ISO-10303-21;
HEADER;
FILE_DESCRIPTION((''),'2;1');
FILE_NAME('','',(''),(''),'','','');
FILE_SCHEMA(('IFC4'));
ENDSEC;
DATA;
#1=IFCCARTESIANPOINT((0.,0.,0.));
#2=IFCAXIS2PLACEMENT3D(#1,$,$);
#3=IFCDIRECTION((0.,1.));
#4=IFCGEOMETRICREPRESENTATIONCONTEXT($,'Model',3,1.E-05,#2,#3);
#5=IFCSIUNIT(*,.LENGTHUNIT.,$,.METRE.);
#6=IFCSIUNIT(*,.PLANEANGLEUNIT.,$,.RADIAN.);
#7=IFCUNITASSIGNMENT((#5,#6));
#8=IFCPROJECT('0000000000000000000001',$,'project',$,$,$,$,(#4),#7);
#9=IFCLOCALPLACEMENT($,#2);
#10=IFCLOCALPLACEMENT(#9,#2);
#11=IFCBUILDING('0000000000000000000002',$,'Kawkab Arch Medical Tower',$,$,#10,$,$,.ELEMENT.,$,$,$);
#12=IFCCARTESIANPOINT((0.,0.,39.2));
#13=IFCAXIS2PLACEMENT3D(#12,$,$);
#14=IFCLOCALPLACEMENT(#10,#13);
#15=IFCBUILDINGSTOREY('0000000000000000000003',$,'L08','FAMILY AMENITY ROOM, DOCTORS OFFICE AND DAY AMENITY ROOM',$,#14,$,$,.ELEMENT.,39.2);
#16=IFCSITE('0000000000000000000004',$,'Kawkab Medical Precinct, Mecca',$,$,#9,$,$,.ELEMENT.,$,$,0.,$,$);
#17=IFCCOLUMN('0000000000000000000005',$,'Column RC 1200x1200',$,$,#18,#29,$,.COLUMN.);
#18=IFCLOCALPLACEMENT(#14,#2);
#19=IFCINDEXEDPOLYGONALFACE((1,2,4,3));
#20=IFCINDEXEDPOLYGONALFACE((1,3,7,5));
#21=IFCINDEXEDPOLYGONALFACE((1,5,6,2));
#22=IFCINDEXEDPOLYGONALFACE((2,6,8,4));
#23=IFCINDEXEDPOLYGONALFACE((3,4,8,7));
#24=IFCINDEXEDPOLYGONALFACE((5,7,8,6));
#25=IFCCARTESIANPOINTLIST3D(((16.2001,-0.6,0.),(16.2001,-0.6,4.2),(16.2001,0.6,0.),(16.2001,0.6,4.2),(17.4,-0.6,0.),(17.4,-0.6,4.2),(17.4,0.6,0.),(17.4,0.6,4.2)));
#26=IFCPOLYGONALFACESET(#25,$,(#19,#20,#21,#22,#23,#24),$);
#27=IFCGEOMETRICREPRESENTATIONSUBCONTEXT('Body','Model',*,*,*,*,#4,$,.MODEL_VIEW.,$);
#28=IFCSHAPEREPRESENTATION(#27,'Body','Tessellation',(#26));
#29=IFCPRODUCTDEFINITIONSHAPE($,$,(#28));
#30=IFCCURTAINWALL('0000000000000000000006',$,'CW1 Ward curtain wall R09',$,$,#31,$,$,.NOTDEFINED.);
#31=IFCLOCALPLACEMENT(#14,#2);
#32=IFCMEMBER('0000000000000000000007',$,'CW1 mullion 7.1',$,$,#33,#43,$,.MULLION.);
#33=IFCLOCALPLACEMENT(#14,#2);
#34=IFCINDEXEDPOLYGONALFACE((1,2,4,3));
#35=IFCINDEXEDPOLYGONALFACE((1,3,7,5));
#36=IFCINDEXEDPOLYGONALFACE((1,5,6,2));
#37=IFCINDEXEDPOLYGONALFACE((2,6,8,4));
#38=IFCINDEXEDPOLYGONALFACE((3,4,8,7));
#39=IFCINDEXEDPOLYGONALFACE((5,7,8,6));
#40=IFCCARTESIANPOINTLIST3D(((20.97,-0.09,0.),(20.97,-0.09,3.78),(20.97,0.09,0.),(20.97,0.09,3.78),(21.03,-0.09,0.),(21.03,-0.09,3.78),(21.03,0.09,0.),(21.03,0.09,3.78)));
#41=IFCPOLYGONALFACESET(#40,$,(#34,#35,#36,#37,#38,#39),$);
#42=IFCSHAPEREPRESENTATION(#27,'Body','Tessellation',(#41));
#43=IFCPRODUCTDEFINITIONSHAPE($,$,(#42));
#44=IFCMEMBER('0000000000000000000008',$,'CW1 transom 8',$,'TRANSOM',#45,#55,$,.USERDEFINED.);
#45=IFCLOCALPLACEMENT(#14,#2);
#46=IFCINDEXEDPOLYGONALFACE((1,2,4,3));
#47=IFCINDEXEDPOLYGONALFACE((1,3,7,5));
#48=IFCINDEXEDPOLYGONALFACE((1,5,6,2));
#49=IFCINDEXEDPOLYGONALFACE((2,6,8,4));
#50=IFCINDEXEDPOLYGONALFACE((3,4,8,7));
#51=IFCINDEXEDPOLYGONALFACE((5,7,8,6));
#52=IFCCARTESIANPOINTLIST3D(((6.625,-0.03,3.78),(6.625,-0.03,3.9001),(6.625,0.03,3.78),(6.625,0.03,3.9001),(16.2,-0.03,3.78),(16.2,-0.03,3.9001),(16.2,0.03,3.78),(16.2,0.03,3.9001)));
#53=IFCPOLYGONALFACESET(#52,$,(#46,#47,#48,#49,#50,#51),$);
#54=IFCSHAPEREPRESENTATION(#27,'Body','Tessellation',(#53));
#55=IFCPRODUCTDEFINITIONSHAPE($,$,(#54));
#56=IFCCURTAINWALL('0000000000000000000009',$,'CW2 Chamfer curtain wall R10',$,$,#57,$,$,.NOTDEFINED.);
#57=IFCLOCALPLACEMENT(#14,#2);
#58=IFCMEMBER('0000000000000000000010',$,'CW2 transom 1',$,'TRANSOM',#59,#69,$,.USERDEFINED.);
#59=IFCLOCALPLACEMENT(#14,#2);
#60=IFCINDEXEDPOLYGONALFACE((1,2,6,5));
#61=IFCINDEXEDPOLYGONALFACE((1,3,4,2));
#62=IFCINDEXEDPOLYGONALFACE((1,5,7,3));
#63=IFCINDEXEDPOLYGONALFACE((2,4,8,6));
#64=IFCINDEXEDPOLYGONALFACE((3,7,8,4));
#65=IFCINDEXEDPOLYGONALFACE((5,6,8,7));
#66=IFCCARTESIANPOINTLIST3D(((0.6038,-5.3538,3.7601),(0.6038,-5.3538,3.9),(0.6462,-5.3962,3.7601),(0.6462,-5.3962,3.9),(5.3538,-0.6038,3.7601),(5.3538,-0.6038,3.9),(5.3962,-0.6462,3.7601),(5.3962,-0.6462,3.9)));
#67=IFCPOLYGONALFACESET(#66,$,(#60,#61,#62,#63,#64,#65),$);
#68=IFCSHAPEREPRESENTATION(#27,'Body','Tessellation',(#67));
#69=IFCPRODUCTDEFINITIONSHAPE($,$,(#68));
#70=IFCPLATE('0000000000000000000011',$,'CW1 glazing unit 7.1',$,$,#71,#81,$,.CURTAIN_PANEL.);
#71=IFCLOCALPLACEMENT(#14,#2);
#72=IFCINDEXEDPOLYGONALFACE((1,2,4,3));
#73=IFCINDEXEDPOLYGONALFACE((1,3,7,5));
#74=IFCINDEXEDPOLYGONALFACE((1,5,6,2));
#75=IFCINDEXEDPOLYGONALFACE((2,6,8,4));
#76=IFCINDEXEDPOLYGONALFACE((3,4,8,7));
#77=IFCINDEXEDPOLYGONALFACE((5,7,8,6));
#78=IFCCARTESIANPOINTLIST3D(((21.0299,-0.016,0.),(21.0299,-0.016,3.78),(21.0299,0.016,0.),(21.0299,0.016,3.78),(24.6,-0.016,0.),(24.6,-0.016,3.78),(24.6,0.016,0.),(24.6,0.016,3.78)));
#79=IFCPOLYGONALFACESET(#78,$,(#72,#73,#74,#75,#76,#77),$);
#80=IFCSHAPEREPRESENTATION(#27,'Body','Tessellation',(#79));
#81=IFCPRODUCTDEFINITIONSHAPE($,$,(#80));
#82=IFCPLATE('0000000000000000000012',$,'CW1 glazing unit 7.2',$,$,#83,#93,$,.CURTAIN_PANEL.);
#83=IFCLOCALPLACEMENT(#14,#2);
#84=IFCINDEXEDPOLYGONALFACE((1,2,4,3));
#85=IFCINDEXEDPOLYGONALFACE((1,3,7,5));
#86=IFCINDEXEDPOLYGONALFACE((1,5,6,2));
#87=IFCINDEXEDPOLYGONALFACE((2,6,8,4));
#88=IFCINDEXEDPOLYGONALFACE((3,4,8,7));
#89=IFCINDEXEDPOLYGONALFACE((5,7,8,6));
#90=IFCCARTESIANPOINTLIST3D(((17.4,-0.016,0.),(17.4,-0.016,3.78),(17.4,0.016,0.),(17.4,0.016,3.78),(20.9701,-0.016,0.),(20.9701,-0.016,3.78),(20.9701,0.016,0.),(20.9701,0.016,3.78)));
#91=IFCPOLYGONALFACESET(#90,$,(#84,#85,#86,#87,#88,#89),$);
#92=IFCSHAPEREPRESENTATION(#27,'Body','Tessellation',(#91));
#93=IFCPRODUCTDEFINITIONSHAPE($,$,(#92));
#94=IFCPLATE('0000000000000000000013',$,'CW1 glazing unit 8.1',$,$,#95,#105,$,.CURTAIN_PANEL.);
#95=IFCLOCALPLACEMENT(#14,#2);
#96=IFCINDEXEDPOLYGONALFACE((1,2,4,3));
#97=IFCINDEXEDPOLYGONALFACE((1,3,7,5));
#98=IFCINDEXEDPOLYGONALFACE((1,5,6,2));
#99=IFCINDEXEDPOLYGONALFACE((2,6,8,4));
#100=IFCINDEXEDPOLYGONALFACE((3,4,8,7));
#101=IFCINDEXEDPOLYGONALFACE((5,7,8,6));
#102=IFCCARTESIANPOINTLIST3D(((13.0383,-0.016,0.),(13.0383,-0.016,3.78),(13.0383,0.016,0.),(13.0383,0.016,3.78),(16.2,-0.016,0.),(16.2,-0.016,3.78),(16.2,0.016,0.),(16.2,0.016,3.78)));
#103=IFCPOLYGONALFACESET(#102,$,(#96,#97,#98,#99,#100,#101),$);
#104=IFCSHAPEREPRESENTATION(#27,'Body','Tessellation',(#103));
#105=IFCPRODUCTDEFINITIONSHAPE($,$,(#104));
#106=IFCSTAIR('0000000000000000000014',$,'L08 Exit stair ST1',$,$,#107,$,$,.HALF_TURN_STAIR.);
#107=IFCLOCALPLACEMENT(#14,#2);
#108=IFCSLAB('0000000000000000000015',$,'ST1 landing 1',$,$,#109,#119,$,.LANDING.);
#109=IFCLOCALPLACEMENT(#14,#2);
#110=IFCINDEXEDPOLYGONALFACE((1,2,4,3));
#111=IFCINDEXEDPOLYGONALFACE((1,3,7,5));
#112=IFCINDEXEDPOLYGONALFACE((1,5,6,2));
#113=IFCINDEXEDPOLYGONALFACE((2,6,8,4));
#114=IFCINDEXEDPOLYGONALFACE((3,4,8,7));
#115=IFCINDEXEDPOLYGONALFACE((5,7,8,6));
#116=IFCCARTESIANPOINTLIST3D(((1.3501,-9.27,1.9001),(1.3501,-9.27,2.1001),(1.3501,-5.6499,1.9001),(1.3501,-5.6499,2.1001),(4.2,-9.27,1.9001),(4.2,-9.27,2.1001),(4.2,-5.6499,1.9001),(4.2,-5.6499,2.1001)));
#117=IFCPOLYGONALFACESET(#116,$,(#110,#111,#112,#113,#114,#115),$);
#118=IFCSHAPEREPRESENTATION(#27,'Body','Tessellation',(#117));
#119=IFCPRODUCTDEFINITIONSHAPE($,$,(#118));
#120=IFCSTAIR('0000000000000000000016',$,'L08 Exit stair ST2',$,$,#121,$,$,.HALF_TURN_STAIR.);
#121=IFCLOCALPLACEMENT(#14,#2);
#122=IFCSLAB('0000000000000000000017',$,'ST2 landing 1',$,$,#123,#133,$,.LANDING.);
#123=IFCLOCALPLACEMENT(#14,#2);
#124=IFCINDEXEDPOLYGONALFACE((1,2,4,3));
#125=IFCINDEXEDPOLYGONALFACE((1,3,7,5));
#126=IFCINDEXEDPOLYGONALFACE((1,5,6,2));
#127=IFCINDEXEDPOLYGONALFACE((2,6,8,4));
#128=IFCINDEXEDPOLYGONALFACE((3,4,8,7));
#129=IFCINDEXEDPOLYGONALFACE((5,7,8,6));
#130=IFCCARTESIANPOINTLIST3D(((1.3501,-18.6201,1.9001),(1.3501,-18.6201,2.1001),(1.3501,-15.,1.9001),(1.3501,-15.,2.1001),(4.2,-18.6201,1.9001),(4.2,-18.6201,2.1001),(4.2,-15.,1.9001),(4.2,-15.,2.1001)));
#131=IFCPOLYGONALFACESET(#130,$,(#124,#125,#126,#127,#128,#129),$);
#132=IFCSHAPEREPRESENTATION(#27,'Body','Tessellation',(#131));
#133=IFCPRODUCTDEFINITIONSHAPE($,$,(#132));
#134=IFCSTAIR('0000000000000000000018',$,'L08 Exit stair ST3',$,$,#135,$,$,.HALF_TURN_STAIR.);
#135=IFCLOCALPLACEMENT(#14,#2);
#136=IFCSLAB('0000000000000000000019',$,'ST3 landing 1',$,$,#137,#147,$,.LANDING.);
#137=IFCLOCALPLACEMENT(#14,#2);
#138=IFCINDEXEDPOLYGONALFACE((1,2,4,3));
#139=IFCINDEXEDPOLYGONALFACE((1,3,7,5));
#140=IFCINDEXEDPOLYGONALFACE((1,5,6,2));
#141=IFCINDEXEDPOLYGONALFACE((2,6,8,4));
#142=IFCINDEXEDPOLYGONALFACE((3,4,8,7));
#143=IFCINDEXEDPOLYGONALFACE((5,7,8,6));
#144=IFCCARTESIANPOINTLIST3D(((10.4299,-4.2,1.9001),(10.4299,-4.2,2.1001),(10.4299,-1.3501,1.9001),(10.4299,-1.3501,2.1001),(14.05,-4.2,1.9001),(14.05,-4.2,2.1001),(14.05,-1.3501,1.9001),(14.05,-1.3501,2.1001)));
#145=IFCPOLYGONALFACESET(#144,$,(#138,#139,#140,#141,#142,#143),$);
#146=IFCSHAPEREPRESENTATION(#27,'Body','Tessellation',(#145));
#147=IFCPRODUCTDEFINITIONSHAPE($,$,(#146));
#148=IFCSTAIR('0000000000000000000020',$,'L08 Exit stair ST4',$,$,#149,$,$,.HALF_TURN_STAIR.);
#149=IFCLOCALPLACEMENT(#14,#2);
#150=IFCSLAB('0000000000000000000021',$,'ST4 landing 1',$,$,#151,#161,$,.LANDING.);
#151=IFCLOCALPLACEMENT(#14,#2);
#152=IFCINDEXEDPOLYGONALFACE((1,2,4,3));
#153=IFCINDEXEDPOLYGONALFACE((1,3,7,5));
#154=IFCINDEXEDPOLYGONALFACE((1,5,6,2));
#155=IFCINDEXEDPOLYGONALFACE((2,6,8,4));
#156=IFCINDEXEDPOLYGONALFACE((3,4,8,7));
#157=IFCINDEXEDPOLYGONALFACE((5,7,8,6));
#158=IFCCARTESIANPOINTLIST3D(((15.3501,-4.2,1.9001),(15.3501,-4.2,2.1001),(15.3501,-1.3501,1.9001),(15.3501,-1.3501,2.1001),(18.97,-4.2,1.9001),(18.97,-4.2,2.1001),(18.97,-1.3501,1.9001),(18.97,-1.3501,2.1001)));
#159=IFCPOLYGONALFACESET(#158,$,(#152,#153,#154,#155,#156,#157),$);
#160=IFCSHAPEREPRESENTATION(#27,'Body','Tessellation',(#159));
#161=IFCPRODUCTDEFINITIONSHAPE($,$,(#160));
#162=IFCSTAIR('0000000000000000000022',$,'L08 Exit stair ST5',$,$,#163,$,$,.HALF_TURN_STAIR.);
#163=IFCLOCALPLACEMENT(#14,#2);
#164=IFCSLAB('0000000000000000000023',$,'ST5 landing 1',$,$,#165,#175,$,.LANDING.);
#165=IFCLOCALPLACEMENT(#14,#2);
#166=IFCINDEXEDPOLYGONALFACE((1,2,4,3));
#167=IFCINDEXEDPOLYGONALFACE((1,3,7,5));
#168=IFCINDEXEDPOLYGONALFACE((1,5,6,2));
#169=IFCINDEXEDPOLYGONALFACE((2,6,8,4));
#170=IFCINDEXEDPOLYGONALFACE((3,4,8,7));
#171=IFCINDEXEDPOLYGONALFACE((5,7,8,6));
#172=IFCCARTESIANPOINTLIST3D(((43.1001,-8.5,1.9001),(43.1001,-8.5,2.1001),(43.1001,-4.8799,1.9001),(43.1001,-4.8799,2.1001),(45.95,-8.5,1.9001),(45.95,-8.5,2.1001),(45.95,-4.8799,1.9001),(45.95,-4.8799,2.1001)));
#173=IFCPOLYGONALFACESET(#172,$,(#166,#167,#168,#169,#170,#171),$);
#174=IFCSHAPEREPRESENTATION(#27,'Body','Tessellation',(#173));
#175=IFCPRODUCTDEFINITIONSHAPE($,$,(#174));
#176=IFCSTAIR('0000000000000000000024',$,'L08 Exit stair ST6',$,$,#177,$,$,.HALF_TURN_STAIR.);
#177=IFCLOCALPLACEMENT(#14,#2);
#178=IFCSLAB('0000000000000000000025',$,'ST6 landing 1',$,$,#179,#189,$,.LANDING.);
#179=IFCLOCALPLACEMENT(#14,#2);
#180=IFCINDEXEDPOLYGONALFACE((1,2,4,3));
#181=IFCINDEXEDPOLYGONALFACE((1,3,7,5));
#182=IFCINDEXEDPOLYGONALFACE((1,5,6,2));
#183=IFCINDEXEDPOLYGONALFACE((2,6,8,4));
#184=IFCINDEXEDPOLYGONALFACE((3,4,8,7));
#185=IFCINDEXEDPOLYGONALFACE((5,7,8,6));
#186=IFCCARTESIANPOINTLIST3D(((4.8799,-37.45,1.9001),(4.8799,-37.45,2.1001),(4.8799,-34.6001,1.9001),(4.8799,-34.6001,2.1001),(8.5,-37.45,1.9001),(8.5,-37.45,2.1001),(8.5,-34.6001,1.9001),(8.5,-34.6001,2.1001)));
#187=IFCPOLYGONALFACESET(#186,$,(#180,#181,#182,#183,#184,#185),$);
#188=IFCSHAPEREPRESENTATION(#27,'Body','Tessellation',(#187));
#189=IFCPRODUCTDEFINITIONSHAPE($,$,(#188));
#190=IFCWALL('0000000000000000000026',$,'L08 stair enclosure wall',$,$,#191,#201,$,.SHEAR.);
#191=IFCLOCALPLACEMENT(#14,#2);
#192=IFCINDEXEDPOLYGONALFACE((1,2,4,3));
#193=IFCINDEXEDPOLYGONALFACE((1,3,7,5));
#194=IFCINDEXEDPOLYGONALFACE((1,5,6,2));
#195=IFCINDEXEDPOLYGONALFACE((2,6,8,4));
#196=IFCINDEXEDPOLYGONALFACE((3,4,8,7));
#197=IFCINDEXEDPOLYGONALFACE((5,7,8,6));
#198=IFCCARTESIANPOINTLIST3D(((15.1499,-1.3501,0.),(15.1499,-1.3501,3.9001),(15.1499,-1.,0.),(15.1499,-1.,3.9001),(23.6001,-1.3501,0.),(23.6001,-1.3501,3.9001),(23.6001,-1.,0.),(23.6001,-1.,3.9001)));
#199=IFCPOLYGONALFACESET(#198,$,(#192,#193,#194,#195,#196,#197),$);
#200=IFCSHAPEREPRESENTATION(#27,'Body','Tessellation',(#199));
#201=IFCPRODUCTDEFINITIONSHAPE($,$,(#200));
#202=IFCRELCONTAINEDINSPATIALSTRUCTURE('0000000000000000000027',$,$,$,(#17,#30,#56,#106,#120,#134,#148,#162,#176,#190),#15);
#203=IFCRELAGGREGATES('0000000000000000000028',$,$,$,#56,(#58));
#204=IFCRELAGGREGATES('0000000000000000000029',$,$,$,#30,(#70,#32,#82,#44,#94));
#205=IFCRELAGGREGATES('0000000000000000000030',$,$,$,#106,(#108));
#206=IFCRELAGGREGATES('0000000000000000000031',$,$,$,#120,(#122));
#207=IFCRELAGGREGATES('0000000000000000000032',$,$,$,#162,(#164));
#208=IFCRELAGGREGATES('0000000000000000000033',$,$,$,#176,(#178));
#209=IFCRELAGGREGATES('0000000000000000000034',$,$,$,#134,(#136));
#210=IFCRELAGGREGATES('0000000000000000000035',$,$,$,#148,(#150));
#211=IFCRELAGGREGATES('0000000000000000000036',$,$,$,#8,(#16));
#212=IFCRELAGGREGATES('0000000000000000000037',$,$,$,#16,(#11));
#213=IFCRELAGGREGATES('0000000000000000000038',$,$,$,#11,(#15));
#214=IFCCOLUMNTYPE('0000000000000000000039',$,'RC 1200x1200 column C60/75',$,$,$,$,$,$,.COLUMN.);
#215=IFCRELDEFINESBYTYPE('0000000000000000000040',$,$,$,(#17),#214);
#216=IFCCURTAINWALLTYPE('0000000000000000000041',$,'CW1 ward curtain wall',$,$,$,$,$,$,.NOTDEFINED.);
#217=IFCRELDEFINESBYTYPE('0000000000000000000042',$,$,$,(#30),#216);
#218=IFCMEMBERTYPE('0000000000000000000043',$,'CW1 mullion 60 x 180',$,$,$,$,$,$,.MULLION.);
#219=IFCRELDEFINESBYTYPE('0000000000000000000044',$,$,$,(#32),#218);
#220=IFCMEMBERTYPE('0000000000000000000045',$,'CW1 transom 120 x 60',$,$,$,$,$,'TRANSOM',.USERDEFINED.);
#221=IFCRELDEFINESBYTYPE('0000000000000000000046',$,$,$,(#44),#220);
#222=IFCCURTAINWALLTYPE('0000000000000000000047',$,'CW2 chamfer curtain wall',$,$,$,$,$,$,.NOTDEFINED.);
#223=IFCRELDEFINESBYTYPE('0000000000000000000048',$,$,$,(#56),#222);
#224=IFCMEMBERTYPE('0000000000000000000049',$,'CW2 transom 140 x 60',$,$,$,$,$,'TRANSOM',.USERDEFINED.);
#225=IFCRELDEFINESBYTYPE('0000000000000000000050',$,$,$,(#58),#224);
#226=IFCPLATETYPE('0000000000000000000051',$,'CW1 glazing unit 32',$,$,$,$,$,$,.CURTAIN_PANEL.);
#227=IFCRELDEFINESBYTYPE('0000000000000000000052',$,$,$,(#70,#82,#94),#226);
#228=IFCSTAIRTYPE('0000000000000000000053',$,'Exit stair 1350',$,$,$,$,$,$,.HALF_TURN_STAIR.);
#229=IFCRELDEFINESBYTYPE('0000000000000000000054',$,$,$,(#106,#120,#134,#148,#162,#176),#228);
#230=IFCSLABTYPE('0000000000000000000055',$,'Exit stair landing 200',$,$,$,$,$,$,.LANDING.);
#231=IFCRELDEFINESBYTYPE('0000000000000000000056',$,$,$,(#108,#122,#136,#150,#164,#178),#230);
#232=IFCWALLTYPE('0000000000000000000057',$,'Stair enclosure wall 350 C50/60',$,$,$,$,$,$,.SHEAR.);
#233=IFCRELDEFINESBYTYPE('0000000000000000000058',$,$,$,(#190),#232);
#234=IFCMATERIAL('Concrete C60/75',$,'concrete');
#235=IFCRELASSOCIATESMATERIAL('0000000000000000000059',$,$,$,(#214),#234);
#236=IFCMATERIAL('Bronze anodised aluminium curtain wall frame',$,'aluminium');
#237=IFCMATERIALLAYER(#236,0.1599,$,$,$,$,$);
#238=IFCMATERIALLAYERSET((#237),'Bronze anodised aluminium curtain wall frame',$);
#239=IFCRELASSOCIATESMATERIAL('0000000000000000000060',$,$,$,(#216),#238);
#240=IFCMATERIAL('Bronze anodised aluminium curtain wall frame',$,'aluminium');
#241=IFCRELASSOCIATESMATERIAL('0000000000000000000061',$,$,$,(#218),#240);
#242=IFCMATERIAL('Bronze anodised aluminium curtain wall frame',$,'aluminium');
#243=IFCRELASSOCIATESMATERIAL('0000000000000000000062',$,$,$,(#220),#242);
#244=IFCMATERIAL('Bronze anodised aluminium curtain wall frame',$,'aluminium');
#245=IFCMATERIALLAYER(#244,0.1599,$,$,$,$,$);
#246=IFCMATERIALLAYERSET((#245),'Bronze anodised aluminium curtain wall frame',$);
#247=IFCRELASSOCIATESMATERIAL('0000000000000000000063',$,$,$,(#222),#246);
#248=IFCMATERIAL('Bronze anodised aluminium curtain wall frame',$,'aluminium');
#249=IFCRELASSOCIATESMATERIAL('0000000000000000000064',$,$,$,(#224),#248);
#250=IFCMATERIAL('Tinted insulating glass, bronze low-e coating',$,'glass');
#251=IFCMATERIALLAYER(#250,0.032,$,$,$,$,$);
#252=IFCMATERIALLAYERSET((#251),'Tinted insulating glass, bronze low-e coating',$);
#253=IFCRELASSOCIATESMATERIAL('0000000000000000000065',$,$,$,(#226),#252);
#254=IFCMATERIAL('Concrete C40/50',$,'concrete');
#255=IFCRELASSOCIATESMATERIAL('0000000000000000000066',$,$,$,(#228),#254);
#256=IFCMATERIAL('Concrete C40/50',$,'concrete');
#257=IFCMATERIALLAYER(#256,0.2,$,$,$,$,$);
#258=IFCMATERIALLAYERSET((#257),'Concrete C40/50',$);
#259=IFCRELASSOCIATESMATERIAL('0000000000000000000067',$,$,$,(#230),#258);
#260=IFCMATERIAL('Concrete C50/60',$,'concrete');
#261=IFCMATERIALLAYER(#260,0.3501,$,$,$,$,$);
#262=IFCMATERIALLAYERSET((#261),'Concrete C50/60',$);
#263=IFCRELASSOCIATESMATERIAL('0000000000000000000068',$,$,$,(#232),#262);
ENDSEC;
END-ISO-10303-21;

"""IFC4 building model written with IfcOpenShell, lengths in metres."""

from ifc_helpers import new_model, si_unit, direction, frame, frame_2d, origin, origin_2d, place, context, subcontext, project, spatial, polyline, rectangle, outline, extrude, material, layer, layer_set, material_profile, profile_set, type_object, element, aggregate, save


model = new_model("IFC4")

# Units and contexts
model_context = context("Model", 3, precision=1e-05, world=origin(), true_north=direction((0.0, 1.0)))
body_context = subcontext(model_context, "Body", "Model", "MODEL_VIEW")
ifc_project = project(units=[si_unit("LENGTHUNIT", "METRE"), si_unit("PLANEANGLEUNIT", "RADIAN")], contexts=[model_context])

# Site, building, storey
site_placement = place(None, origin())
site = spatial("IfcSite", under=ifc_project, at=site_placement, Name="Kawkab Medical Precinct, Mecca", CompositionType="ELEMENT", RefElevation=0.0)
building_placement = place(site_placement, origin())
building = spatial("IfcBuilding", under=site, at=building_placement, Name="Kawkab Arch Medical Tower", CompositionType="ELEMENT")
storey_placement = place(building_placement, frame((0.0, 0.0, 39.2)))
storey = spatial("IfcBuildingStorey", under=building, at=storey_placement, Name="L08", Description="FAMILY AMENITY ROOM, DOCTORS OFFICE AND DAY AMENITY ROOM", CompositionType="ELEMENT", Elevation=39.2)

# Column
ifc_material_1 = material(Name="Concrete C60/75", Category="concrete")
ifc_material_profile_1 = material_profile(ifc_material_1, rectangle(XDim=1.2, YDim=1.2, at=origin_2d()), Name="RC 1200x1200")
ifc_profile_set_1 = profile_set([ifc_material_profile_1], Name="Concrete C60/75")
column_type = type_object("IfcColumnType", Name="RC 1200x1200 column C60/75", PredefinedType="COLUMN", material=ifc_profile_set_1)
column_placement = place(storey_placement, frame((16.8, 0.0, 0.0), z_axis=(0.0, 0.0, 1.0), x_axis=(1.0, 0.0, 0.0)))
element("IfcColumn", 1, at=column_placement, inside=storey, type_object=column_type, Name="Column RC 1200x1200", PredefinedType="COLUMN", context=body_context, shape_type="SweptSolid", body=[
    extrude(rectangle(XDim=1.2, YDim=1.2, at=origin_2d()), origin(), (0.0, 0.0, 1.0), 4.2),
])

# Curtain wall, members
ifc_material_2 = material(Name="Bronze anodised aluminium curtain wall frame", Category="aluminium")
ifc_layer_1 = layer(ifc_material_2, 0.1599)
ifc_layer_set_1 = layer_set([ifc_layer_1], Name="Bronze anodised aluminium curtain wall frame")
curtain_wall_type_1 = type_object("IfcCurtainWallType", Name="CW1 ward curtain wall", PredefinedType="NOTDEFINED", material=ifc_layer_set_1)
placement_1 = place(storey_placement, origin())
curtain_wall_1 = element("IfcCurtainWall", 2, at=placement_1, inside=storey, type_object=curtain_wall_type_1, Name="CW1 Ward curtain wall R09", PredefinedType="NOTDEFINED")
ifc_material_3 = material(Name="Bronze anodised aluminium curtain wall frame", Category="aluminium")
ifc_material_profile_2 = material_profile(ifc_material_3, rectangle(XDim=0.1799, YDim=0.0601, at=origin_2d()), Name="AL 60x180")
ifc_profile_set_2 = profile_set([ifc_material_profile_2], Name="Bronze anodised aluminium curtain wall frame")
member_type_1 = type_object("IfcMemberType", Name="CW1 mullion 60 x 180", PredefinedType="MULLION", material=ifc_profile_set_2)
member_1_placement = place(storey_placement, frame((21.0, 0.0, 0.0), z_axis=(0.0, 0.0, 1.0), x_axis=(0.0, -1.0, 0.0)))
member_1 = element("IfcMember", 3, at=member_1_placement, type_object=member_type_1, Name="CW1 mullion 7.1", PredefinedType="MULLION", context=body_context, shape_type="SweptSolid", body=[
    extrude(rectangle(XDim=0.1799, YDim=0.0601, at=origin_2d()), origin(), (0.0, 0.0, 1.0), 3.78),
])
ifc_material_4 = material(Name="Bronze anodised aluminium curtain wall frame", Category="aluminium")
ifc_material_profile_3 = material_profile(ifc_material_4, rectangle(XDim=0.0601, YDim=0.1201, at=origin_2d()), Name="AL 60x120")
ifc_profile_set_3 = profile_set([ifc_material_profile_3], Name="Bronze anodised aluminium curtain wall frame")
member_type_2 = type_object("IfcMemberType", Name="CW1 transom 120 x 60", ElementType="TRANSOM", PredefinedType="USERDEFINED", material=ifc_profile_set_3)
member_2_placement = place(storey_placement, frame((16.2, 0.0, 3.8401), z_axis=(-1.0, 0.0, 0.0), x_axis=(0.0, -1.0, 0.0)))
member_2 = element("IfcMember", 4, at=member_2_placement, type_object=member_type_2, Name="CW1 transom 8", ObjectType="TRANSOM", PredefinedType="USERDEFINED", context=body_context, shape_type="SweptSolid", body=[
    extrude(rectangle(XDim=0.0601, YDim=0.1201, at=origin_2d()), origin(), (0.0, 0.0, 1.0), 9.575),
])

# Curtain wall, member
ifc_material_5 = material(Name="Bronze anodised aluminium curtain wall frame", Category="aluminium")
ifc_layer_2 = layer(ifc_material_5, 0.1599)
ifc_layer_set_2 = layer_set([ifc_layer_2], Name="Bronze anodised aluminium curtain wall frame")
curtain_wall_type_2 = type_object("IfcCurtainWallType", Name="CW2 chamfer curtain wall", PredefinedType="NOTDEFINED", material=ifc_layer_set_2)
curtain_wall_2 = element("IfcCurtainWall", 5, at=placement_1, inside=storey, type_object=curtain_wall_type_2, Name="CW2 Chamfer curtain wall R10", PredefinedType="NOTDEFINED")
ifc_material_6 = material(Name="Bronze anodised aluminium curtain wall frame", Category="aluminium")
ifc_material_profile_4 = material_profile(ifc_material_6, rectangle(XDim=0.0601, YDim=0.1399, at=origin_2d()), Name="AL 60x140")
ifc_profile_set_4 = profile_set([ifc_material_profile_4], Name="Bronze anodised aluminium curtain wall frame")
member_type_3 = type_object("IfcMemberType", Name="CW2 transom 140 x 60", ElementType="TRANSOM", PredefinedType="USERDEFINED", material=ifc_profile_set_4)
member_3_placement = place(storey_placement, frame((5.375, -0.625, 3.8301), z_axis=(-0.707107, -0.707107, 0.0), x_axis=(0.707107, -0.707107, 0.0)))
member_3 = element("IfcMember", 6, at=member_3_placement, type_object=member_type_3, Name="CW2 transom 1", ObjectType="TRANSOM", PredefinedType="USERDEFINED", context=body_context, shape_type="SweptSolid", body=[
    extrude(rectangle(XDim=0.0601, YDim=0.1399, at=origin_2d()), origin(), (0.0, 0.0, 1.0), 6.7175),
])
aggregate(curtain_wall_2, [member_3])

# Plates
ifc_material_7 = material(Name="Tinted insulating glass, bronze low-e coating", Category="glass")
ifc_layer_3 = layer(ifc_material_7, 0.032)
ifc_layer_set_3 = layer_set([ifc_layer_3], Name="Tinted insulating glass, bronze low-e coating")
plate_type = type_object("IfcPlateType", Name="CW1 glazing unit 32", PredefinedType="CURTAIN_PANEL", material=ifc_layer_set_3)
plate_1_placement = place(storey_placement, frame((22.8149, 0.0, 0.0), z_axis=(0.0, 0.0, 1.0), x_axis=(-1.0, 0.0, 0.0)))
plate_1 = element("IfcPlate", 7, at=plate_1_placement, type_object=plate_type, Name="CW1 glazing unit 7.1", PredefinedType="CURTAIN_PANEL", context=body_context, shape_type="SweptSolid", body=[
    extrude(rectangle(XDim=3.5701, YDim=0.032, at=origin_2d()), origin(), (0.0, 0.0, 1.0), 3.78),
])
plate_2_placement = place(storey_placement, frame((19.1851, 0.0, 0.0), z_axis=(0.0, 0.0, 1.0), x_axis=(-1.0, 0.0, 0.0)))
plate_2 = element("IfcPlate", 8, at=plate_2_placement, type_object=plate_type, Name="CW1 glazing unit 7.2", PredefinedType="CURTAIN_PANEL", context=body_context, shape_type="SweptSolid", body=[
    extrude(rectangle(XDim=3.5701, YDim=0.032, at=origin_2d()), origin(), (0.0, 0.0, 1.0), 3.78),
])
plate_3_placement = place(storey_placement, frame((14.6191, 0.0, 0.0), z_axis=(0.0, 0.0, 1.0), x_axis=(-1.0, 0.0, 0.0)))
plate_3 = element("IfcPlate", 9, at=plate_3_placement, type_object=plate_type, Name="CW1 glazing unit 8.1", PredefinedType="CURTAIN_PANEL", context=body_context, shape_type="SweptSolid", body=[
    extrude(rectangle(XDim=3.1616, YDim=0.032, at=origin_2d()), origin(), (0.0, 0.0, 1.0), 3.78),
])
aggregate(curtain_wall_1, [plate_1, member_1, plate_2, member_2, plate_3])

# Stairs, slabs
ifc_material_8 = material(Name="Concrete C40/50", Category="concrete")
stair_type = type_object("IfcStairType", Name="Exit stair 1350", PredefinedType="HALF_TURN_STAIR", material=ifc_material_8)
stair_1 = element("IfcStair", 10, at=placement_1, inside=storey, type_object=stair_type, Name="L08 Exit stair ST1", PredefinedType="HALF_TURN_STAIR")
ifc_material_9 = material(Name="Concrete C40/50", Category="concrete")
ifc_layer_4 = layer(ifc_material_9, 0.2)
ifc_layer_set_4 = layer_set([ifc_layer_4], Name="Concrete C40/50")
slab_type = type_object("IfcSlabType", Name="Exit stair landing 200", PredefinedType="LANDING", material=ifc_layer_set_4)
placement_2 = place(storey_placement, frame((0.0, 0.0, 1.9001)))
slab_1 = element("IfcSlab", 11, at=placement_2, type_object=slab_type, Name="ST1 landing 1", PredefinedType="LANDING", context=body_context, shape_type="SweptSolid", body=[
    extrude(outline(polyline([(4.2, -9.27), (4.2, -5.6499), (1.3501, -5.6499), (1.3501, -9.27), (4.2, -9.27)])), origin(), (0.0, 0.0, 1.0), 0.2),
])
aggregate(stair_1, [slab_1])
stair_2 = element("IfcStair", 12, at=placement_1, inside=storey, type_object=stair_type, Name="L08 Exit stair ST2", PredefinedType="HALF_TURN_STAIR")
slab_2 = element("IfcSlab", 13, at=placement_2, type_object=slab_type, Name="ST2 landing 1", PredefinedType="LANDING", context=body_context, shape_type="SweptSolid", body=[
    extrude(outline(polyline([(4.2, -18.6201), (4.2, -15.0), (1.3501, -15.0), (1.3501, -18.6201), (4.2, -18.6201)])), origin(), (0.0, 0.0, 1.0), 0.2),
])
aggregate(stair_2, [slab_2])
stair_3 = element("IfcStair", 14, at=placement_1, inside=storey, type_object=stair_type, Name="L08 Exit stair ST3", PredefinedType="HALF_TURN_STAIR")
slab_3 = element("IfcSlab", 15, at=placement_2, type_object=slab_type, Name="ST3 landing 1", PredefinedType="LANDING", context=body_context, shape_type="SweptSolid", body=[
    extrude(outline(polyline([(10.4299, -4.2), (14.05, -4.2), (14.05, -1.3501), (10.4299, -1.3501), (10.4299, -4.2)])), origin(), (0.0, 0.0, 1.0), 0.2),
])
stair_4 = element("IfcStair", 16, at=placement_1, inside=storey, type_object=stair_type, Name="L08 Exit stair ST4", PredefinedType="HALF_TURN_STAIR")
slab_4 = element("IfcSlab", 17, at=placement_2, type_object=slab_type, Name="ST4 landing 1", PredefinedType="LANDING", context=body_context, shape_type="SweptSolid", body=[
    extrude(outline(polyline([(18.97, -1.3501), (15.3501, -1.3501), (15.3501, -4.2), (18.97, -4.2), (18.97, -1.3501)])), origin(), (0.0, 0.0, 1.0), 0.2),
])
stair_5 = element("IfcStair", 18, at=placement_1, inside=storey, type_object=stair_type, Name="L08 Exit stair ST5", PredefinedType="HALF_TURN_STAIR")
slab_5 = element("IfcSlab", 19, at=placement_2, type_object=slab_type, Name="ST5 landing 1", PredefinedType="LANDING", context=body_context, shape_type="SweptSolid", body=[
    extrude(outline(polyline([(43.1001, -4.8799), (43.1001, -8.5), (45.95, -8.5), (45.95, -4.8799), (43.1001, -4.8799)])), origin(), (0.0, 0.0, 1.0), 0.2),
])
aggregate(stair_5, [slab_5])
stair_6 = element("IfcStair", 20, at=placement_1, inside=storey, type_object=stair_type, Name="L08 Exit stair ST6", PredefinedType="HALF_TURN_STAIR")
slab_6 = element("IfcSlab", 21, at=placement_2, type_object=slab_type, Name="ST6 landing 1", PredefinedType="LANDING", context=body_context, shape_type="SweptSolid", body=[
    extrude(outline(polyline([(4.8799, -37.45), (8.5, -37.45), (8.5, -34.6001), (4.8799, -34.6001), (4.8799, -37.45)])), origin(), (0.0, 0.0, 1.0), 0.2),
])
aggregate(stair_6, [slab_6])

# Wall
ifc_material_10 = material(Name="Concrete C50/60", Category="concrete")
ifc_layer_5 = layer(ifc_material_10, 0.3501)
ifc_layer_set_5 = layer_set([ifc_layer_5], Name="Concrete C50/60")
wall_type = type_object("IfcWallType", Name="Stair enclosure wall 350 C50/60", PredefinedType="SHEAR", material=ifc_layer_set_5)
wall_placement = place(storey_placement, frame((15.1499, -1.175, 0.0), z_axis=(0.0, 0.0, 1.0), x_axis=(1.0, 0.0, 0.0)))
element("IfcWall", 22, at=wall_placement, inside=storey, type_object=wall_type, Name="L08 stair enclosure wall", PredefinedType="SHEAR", context=body_context, shape_type="SweptSolid", body=[
    extrude(rectangle(XDim=8.4502, YDim=0.3501, at=frame_2d((4.2251, 0.0))), origin(), (0.0, 0.0, 1.0), 3.9001),
])

aggregate(stair_3, [slab_3])
aggregate(stair_4, [slab_4])

save(model, "model.ifc")
